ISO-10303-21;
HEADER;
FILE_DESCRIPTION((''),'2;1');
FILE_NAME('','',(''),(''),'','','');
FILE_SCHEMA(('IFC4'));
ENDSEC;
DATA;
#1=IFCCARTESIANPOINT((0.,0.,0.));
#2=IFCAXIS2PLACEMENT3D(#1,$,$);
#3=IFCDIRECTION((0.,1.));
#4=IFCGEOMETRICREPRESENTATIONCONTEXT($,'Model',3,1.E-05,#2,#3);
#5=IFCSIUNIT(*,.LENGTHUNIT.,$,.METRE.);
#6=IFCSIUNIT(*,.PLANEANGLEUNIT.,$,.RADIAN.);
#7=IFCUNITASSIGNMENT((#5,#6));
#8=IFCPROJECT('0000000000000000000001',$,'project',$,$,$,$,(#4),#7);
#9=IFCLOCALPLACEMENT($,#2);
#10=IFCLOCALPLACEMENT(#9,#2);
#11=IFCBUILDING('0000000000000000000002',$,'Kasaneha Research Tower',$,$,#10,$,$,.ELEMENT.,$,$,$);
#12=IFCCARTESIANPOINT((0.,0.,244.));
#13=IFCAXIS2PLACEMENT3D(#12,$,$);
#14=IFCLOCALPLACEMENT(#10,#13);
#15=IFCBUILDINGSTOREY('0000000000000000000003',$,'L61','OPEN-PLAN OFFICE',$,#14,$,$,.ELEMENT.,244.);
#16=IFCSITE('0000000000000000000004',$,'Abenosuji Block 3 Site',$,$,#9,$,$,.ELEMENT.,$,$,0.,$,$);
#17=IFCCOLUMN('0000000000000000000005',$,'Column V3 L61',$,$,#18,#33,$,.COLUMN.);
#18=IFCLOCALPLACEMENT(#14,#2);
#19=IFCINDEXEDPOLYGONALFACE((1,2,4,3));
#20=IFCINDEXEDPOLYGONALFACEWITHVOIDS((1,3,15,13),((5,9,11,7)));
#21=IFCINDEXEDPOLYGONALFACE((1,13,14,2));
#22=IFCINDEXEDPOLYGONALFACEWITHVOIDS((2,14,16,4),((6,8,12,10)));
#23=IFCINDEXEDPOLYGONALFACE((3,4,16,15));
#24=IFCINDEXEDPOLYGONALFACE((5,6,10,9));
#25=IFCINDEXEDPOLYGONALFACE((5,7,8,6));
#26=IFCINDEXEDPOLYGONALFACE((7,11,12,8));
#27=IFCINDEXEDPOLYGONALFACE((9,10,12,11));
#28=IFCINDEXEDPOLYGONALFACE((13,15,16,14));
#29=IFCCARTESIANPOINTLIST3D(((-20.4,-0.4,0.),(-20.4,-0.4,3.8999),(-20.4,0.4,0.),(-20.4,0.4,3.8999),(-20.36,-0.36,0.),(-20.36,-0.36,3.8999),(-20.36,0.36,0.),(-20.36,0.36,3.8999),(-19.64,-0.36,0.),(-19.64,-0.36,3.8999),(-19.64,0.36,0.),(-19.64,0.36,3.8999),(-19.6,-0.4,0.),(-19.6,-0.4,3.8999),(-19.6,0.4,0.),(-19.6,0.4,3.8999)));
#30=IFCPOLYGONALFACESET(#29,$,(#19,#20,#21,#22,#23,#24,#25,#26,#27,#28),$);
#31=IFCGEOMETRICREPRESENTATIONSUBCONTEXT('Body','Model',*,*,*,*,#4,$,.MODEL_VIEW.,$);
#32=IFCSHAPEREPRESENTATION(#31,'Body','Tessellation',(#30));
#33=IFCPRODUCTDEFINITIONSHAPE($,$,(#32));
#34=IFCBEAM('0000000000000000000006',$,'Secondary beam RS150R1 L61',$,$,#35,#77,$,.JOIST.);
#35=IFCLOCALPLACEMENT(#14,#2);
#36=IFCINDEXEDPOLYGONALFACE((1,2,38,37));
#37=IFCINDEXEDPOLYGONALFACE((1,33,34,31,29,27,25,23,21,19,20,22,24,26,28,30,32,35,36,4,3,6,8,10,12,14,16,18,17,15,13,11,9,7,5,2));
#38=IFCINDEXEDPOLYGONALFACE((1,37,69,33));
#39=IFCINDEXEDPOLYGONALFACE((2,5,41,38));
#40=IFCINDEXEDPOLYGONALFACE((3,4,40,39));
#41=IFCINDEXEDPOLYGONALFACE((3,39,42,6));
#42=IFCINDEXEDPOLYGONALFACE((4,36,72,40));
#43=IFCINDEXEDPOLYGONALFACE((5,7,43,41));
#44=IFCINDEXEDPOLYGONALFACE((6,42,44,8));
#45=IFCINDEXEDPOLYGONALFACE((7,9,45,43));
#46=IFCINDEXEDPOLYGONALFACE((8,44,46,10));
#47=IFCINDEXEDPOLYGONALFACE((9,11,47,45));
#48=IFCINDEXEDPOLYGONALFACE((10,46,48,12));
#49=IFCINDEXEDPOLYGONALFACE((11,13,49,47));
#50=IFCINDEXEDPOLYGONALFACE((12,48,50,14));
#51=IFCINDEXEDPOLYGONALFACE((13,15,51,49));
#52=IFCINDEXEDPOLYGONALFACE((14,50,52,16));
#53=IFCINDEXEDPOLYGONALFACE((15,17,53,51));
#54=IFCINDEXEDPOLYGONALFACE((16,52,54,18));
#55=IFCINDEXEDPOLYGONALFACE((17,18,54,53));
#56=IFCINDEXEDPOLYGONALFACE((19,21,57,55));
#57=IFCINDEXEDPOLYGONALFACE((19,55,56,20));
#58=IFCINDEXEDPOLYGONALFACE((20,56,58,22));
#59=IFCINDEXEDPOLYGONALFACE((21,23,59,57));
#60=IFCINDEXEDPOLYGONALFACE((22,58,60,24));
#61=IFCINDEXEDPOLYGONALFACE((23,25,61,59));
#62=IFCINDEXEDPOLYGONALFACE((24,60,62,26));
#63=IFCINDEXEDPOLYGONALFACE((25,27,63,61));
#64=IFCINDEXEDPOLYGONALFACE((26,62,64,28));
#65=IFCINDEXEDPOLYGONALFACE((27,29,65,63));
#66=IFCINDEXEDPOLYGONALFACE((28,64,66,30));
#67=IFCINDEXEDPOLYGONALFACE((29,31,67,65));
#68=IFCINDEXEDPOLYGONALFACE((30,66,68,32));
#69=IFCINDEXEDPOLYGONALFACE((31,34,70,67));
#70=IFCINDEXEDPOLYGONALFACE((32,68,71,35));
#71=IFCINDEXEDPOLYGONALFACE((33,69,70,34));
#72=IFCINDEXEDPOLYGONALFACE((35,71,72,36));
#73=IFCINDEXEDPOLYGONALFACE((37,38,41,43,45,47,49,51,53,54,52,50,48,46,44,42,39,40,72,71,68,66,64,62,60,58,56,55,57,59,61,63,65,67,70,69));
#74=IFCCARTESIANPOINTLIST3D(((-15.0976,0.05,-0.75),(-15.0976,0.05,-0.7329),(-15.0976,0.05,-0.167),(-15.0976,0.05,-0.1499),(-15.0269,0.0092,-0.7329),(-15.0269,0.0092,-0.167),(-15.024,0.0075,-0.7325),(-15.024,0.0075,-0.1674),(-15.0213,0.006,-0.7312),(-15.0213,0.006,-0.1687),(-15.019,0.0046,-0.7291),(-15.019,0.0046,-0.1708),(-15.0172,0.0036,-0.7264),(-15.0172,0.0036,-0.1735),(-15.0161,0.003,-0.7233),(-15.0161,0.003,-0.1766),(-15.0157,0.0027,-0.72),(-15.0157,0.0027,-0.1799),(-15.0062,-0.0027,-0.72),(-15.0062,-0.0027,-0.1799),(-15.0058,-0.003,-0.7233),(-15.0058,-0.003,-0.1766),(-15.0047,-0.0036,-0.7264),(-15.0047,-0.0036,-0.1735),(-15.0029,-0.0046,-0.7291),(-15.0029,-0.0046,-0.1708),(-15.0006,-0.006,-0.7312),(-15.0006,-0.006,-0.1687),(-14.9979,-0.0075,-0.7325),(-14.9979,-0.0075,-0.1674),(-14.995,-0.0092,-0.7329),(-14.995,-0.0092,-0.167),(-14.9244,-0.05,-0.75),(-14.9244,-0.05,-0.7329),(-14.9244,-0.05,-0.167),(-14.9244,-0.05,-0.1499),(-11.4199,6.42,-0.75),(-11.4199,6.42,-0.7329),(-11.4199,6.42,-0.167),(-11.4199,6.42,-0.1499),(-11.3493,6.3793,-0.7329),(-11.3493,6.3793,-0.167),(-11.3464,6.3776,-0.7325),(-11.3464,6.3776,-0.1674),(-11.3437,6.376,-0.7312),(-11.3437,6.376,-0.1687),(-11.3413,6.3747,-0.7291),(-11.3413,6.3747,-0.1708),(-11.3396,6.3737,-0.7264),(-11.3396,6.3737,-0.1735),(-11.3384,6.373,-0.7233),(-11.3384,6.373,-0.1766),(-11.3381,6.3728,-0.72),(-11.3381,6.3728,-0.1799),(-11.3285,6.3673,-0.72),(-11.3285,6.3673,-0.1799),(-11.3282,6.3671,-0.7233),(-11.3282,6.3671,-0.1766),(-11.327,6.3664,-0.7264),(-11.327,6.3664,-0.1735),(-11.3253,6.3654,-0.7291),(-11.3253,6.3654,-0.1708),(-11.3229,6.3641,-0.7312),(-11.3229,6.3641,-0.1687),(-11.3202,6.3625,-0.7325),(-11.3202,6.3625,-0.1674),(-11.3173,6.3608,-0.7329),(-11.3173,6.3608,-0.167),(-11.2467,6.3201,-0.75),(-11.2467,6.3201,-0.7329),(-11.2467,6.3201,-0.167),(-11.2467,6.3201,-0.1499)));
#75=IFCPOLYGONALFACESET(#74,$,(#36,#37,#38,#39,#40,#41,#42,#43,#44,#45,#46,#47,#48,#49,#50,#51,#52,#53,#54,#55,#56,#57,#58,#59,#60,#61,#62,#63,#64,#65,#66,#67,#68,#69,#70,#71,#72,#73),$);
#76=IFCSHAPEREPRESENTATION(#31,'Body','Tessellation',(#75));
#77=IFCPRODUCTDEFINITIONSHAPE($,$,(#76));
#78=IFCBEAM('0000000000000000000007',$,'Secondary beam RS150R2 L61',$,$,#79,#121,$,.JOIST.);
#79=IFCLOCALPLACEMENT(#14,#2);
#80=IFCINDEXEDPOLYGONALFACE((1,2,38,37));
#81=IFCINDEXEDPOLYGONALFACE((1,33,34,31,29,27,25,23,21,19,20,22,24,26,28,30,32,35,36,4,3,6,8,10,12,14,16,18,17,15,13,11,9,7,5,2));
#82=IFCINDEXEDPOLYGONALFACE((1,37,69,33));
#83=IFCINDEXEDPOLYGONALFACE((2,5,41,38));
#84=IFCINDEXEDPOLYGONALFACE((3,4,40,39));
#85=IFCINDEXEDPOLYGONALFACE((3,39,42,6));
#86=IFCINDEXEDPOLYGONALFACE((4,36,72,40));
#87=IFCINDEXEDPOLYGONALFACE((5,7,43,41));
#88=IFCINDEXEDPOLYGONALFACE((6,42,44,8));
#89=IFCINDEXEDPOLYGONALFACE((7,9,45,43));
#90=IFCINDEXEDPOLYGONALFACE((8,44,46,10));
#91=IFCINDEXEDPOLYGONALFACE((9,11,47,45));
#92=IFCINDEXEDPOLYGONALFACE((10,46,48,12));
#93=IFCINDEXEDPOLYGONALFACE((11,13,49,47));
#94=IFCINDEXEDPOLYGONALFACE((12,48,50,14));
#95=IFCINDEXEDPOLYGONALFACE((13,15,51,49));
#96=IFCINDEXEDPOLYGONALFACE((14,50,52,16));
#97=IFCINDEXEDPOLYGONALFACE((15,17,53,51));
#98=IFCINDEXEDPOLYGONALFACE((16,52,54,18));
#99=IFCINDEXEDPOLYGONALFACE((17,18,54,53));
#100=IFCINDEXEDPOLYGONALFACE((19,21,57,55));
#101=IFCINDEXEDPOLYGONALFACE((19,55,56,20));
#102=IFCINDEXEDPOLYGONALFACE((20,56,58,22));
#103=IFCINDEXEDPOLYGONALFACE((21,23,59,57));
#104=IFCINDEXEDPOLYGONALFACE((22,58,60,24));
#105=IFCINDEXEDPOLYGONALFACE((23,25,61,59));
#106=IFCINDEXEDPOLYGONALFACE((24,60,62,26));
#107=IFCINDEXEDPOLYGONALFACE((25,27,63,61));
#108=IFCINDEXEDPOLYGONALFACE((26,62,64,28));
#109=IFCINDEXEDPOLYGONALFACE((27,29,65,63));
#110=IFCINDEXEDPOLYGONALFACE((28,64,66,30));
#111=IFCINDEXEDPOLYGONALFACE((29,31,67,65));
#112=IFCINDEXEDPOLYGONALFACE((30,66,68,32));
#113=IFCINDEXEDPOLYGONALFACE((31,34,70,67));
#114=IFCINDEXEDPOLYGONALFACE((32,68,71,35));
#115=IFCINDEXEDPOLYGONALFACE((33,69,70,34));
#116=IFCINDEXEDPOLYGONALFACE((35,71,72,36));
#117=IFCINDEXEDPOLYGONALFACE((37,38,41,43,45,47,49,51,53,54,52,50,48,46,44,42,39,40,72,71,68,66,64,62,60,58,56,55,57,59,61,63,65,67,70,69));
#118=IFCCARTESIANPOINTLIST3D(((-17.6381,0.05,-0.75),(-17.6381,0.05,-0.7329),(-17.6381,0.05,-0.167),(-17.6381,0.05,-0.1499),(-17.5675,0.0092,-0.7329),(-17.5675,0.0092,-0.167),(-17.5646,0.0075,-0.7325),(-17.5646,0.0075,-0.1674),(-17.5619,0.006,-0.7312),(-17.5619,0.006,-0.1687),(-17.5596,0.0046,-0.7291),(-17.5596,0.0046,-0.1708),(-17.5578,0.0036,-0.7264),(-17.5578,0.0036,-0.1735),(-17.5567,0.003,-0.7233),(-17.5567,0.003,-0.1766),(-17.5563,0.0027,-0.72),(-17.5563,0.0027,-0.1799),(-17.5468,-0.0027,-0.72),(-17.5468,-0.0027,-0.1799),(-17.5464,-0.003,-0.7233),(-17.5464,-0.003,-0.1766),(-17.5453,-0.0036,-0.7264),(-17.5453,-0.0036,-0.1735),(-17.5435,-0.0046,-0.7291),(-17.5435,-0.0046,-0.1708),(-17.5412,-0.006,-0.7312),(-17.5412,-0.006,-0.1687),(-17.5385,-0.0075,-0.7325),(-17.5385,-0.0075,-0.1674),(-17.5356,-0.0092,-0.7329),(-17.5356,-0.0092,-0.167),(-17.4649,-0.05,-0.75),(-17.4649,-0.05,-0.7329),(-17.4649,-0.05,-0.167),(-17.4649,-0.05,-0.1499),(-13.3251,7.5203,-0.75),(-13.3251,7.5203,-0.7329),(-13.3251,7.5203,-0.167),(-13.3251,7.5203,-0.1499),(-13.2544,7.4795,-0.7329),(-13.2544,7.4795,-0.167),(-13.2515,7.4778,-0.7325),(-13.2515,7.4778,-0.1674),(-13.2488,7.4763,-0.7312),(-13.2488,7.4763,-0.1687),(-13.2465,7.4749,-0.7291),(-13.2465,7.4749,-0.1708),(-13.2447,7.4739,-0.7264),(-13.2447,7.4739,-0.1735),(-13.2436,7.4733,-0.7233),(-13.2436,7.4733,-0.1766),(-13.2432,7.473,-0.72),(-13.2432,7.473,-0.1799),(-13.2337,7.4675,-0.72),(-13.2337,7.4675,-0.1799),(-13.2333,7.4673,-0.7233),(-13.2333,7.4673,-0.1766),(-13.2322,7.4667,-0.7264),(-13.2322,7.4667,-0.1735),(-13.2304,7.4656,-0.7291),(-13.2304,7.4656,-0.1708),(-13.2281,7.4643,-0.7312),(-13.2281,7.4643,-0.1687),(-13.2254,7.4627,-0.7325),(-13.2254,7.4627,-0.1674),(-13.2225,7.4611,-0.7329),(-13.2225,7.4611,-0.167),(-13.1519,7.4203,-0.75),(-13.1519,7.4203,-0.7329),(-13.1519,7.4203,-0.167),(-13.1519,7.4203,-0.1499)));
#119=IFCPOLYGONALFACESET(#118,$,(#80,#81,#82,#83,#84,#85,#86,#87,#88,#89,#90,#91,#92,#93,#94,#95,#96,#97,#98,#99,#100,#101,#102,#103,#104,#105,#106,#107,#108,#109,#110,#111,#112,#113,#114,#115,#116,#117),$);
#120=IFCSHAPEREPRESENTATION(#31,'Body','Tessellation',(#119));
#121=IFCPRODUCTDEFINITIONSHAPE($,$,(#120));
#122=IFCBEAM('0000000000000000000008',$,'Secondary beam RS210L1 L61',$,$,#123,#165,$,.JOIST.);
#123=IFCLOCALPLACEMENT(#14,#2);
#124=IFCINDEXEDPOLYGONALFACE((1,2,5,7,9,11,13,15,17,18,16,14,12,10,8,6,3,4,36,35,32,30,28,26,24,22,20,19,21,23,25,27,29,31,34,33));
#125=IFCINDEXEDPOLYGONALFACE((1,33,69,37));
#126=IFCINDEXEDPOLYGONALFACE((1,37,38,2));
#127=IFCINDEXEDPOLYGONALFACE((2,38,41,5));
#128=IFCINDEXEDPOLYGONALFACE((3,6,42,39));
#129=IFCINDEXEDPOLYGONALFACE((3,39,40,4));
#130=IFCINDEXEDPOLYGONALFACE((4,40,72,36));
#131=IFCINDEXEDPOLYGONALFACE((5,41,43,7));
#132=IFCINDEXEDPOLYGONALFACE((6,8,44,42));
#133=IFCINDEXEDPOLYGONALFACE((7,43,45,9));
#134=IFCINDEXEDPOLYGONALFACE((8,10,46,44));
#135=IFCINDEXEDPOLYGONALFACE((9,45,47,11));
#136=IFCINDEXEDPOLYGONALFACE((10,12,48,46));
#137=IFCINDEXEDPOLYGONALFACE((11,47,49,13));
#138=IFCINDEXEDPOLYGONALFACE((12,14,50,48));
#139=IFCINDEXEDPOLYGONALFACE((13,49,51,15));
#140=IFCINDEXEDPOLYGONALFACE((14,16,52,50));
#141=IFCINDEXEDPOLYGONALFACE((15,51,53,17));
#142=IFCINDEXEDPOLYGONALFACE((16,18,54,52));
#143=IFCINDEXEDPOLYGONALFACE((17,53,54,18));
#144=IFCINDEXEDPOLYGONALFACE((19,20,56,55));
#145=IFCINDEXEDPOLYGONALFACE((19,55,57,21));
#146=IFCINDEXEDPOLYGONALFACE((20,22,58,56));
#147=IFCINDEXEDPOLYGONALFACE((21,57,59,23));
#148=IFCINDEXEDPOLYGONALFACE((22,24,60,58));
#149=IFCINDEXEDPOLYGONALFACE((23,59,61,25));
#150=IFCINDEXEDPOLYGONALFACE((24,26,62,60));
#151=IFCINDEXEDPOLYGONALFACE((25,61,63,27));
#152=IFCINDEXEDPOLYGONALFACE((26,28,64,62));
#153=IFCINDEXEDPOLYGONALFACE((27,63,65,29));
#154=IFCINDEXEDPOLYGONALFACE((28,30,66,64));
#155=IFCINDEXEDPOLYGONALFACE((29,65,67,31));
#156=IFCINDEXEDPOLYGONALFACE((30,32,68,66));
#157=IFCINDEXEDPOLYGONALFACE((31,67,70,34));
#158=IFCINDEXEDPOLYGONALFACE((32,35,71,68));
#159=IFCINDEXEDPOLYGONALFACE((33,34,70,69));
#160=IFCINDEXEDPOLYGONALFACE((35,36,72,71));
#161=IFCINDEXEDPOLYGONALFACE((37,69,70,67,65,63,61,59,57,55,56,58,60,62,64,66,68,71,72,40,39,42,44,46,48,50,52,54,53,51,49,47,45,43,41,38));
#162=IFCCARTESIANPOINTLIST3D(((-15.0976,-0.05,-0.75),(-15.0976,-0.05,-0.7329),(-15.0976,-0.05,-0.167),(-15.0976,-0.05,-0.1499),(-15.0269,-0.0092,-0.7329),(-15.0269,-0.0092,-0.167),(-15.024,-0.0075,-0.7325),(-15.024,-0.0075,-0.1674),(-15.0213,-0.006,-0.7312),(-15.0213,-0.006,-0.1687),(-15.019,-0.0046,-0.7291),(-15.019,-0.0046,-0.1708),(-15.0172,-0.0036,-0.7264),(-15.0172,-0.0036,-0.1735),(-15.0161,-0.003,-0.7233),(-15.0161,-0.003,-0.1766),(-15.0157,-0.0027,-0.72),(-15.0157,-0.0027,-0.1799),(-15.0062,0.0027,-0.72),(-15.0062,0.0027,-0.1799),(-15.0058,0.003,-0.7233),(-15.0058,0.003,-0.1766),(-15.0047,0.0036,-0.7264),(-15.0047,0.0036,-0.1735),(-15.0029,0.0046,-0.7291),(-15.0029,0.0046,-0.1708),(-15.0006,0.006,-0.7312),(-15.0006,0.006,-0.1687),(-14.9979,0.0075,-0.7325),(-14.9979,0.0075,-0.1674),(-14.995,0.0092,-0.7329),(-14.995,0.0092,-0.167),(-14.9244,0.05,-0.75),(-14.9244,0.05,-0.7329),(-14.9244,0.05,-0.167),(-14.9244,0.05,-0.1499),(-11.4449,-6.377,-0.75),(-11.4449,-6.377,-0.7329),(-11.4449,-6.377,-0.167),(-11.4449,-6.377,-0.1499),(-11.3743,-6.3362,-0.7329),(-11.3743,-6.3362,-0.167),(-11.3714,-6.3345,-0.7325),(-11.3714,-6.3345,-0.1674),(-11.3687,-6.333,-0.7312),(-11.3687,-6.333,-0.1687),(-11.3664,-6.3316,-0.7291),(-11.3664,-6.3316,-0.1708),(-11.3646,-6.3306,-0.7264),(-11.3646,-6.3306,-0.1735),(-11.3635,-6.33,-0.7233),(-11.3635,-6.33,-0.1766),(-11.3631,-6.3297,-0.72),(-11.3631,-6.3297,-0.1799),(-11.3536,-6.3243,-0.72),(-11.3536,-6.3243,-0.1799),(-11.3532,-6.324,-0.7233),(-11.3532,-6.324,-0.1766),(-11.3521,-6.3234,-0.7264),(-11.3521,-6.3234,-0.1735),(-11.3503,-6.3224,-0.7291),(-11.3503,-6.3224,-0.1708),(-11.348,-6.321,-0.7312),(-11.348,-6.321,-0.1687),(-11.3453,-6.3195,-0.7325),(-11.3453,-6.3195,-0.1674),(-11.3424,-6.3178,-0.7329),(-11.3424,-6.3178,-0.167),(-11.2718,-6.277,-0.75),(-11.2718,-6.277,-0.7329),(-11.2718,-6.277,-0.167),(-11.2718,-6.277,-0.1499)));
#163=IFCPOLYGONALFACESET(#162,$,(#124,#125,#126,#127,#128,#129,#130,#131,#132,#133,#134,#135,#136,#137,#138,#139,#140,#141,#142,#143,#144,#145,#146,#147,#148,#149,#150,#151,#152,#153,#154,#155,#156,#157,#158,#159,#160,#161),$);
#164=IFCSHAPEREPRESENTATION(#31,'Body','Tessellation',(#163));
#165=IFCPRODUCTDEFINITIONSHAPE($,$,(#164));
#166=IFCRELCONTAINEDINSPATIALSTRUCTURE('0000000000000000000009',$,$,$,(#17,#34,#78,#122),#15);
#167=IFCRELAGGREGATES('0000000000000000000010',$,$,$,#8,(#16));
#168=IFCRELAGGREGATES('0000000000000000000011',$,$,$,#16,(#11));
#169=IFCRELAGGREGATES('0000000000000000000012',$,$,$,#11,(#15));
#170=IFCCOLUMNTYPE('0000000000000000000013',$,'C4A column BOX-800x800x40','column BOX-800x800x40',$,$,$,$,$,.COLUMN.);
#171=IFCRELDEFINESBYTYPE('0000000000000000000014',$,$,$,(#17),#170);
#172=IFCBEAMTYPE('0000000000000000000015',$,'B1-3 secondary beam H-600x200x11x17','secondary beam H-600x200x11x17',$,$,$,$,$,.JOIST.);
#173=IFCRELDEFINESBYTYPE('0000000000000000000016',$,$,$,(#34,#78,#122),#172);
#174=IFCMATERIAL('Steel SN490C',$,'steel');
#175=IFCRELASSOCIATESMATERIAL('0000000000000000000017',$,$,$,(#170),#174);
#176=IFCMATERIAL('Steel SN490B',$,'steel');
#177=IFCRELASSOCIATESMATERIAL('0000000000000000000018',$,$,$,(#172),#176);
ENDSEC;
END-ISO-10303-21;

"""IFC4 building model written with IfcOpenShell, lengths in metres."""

from ifc_helpers import new_model, si_unit, direction, frame, origin, origin_2d, place, context, subcontext, project, spatial, hollow_rectangle, i_section, extrude, material, material_profile, profile_set, type_object, element, save


model = new_model("IFC4")

# Units and contexts
model_context = context("Model", 3, precision=1e-05, world=origin(), true_north=direction((0.0, 1.0)))
body_context = subcontext(model_context, "Body", "Model", "MODEL_VIEW")
ifc_project = project(units=[si_unit("LENGTHUNIT", "METRE"), si_unit("PLANEANGLEUNIT", "RADIAN")], contexts=[model_context])

# Site, building, storey
site_placement = place(None, origin())
site = spatial("IfcSite", under=ifc_project, at=site_placement, Name="Abenosuji Block 3 Site", CompositionType="ELEMENT", RefElevation=0.0)
building_placement = place(site_placement, origin())
building = spatial("IfcBuilding", under=site, at=building_placement, Name="Kasaneha Research Tower", CompositionType="ELEMENT")
storey_placement = place(building_placement, frame((0.0, 0.0, 244.0)))
storey = spatial("IfcBuildingStorey", under=building, at=storey_placement, Name="L61", Description="OPEN-PLAN OFFICE", CompositionType="ELEMENT", Elevation=244.0)

# Column
ifc_material_1 = material(Name="Steel SN490C", Category="steel")
ifc_material_profile_1 = material_profile(ifc_material_1, hollow_rectangle(XDim=0.8, YDim=0.8, WallThickness=0.04, at=origin_2d()), Name="BOX-800x800x40")
ifc_profile_set_1 = profile_set([ifc_material_profile_1], Name="Steel SN490C")
column_type = type_object("IfcColumnType", Name="C4A column BOX-800x800x40", Description="column BOX-800x800x40", PredefinedType="COLUMN", material=ifc_profile_set_1)
column_placement = place(storey_placement, frame((-20.0, 0.0, 0.0), z_axis=(0.0, 0.0, 1.0), x_axis=(1.0, 0.0, 0.0)))
element("IfcColumn", 1, at=column_placement, inside=storey, type_object=column_type, Name="Column V3 L61", PredefinedType="COLUMN", context=body_context, shape_type="SweptSolid", body=[
    extrude(hollow_rectangle(XDim=0.8, YDim=0.8, WallThickness=0.04, at=origin_2d()), origin(), (0.0, 0.0, 1.0), 3.8999),
])

# Beams
ifc_material_2 = material(Name="Steel SN490B", Category="steel")
ifc_material_profile_2 = material_profile(ifc_material_2, i_section(OverallWidth=0.2, OverallDepth=0.6001, WebThickness=0.011, FlangeThickness=0.0171, FilletRadius=0.0129, at=origin_2d()), Name="H-600x200x11x17")
ifc_profile_set_2 = profile_set([ifc_material_profile_2], Name="Steel SN490B")
beam_type_1 = type_object("IfcBeamType", Name="B1-3 secondary beam H-600x200x11x17", Description="secondary beam H-600x200x11x17", PredefinedType="JOIST", material=ifc_profile_set_2)
beam_1_placement = place(storey_placement, frame((-15.011, 0.0, -0.45), z_axis=(0.499994, 0.866029, 0.0), x_axis=(-0.866029, 0.499994, 0.0)))
element("IfcBeam", 2, at=beam_1_placement, inside=storey, type_object=beam_type_1, Name="Secondary beam RS150R1 L61", PredefinedType="JOIST", context=body_context, shape_type="SweptSolid", body=[
    extrude(i_section(OverallWidth=0.2, OverallDepth=0.6001, WebThickness=0.011, FlangeThickness=0.0171, FilletRadius=0.0129, at=origin_2d()), origin(), (0.0, 0.0, 1.0), 7.3555),
])
beam_2_placement = place(storey_placement, frame((-17.5515, 0.0, -0.45), z_axis=(0.500005, 0.866023, 0.0), x_axis=(-0.866023, 0.500005, 0.0)))
element("IfcBeam", 3, at=beam_2_placement, inside=storey, type_object=beam_type_1, Name="Secondary beam RS150R2 L61", PredefinedType="JOIST", context=body_context, shape_type="SweptSolid", body=[
    extrude(i_section(OverallWidth=0.2, OverallDepth=0.6001, WebThickness=0.011, FlangeThickness=0.0171, FilletRadius=0.0129, at=origin_2d()), origin(), (0.0, 0.0, 1.0), 8.626),
])
beam_3_placement = place(storey_placement, frame((-15.011, 0.0, -0.45), z_axis=(0.499974, -0.86604, 0.0), x_axis=(0.86604, 0.499974, 0.0)))
element("IfcBeam", 4, at=beam_3_placement, inside=storey, type_object=beam_type_1, Name="Secondary beam RS210L1 L61", PredefinedType="JOIST", context=body_context, shape_type="SweptSolid", body=[
    extrude(i_section(OverallWidth=0.2, OverallDepth=0.6001, WebThickness=0.011, FlangeThickness=0.0171, FilletRadius=0.0129, at=origin_2d()), origin(), (0.0, 0.0, 1.0), 7.3057),
])

save(model, "model.ifc")
